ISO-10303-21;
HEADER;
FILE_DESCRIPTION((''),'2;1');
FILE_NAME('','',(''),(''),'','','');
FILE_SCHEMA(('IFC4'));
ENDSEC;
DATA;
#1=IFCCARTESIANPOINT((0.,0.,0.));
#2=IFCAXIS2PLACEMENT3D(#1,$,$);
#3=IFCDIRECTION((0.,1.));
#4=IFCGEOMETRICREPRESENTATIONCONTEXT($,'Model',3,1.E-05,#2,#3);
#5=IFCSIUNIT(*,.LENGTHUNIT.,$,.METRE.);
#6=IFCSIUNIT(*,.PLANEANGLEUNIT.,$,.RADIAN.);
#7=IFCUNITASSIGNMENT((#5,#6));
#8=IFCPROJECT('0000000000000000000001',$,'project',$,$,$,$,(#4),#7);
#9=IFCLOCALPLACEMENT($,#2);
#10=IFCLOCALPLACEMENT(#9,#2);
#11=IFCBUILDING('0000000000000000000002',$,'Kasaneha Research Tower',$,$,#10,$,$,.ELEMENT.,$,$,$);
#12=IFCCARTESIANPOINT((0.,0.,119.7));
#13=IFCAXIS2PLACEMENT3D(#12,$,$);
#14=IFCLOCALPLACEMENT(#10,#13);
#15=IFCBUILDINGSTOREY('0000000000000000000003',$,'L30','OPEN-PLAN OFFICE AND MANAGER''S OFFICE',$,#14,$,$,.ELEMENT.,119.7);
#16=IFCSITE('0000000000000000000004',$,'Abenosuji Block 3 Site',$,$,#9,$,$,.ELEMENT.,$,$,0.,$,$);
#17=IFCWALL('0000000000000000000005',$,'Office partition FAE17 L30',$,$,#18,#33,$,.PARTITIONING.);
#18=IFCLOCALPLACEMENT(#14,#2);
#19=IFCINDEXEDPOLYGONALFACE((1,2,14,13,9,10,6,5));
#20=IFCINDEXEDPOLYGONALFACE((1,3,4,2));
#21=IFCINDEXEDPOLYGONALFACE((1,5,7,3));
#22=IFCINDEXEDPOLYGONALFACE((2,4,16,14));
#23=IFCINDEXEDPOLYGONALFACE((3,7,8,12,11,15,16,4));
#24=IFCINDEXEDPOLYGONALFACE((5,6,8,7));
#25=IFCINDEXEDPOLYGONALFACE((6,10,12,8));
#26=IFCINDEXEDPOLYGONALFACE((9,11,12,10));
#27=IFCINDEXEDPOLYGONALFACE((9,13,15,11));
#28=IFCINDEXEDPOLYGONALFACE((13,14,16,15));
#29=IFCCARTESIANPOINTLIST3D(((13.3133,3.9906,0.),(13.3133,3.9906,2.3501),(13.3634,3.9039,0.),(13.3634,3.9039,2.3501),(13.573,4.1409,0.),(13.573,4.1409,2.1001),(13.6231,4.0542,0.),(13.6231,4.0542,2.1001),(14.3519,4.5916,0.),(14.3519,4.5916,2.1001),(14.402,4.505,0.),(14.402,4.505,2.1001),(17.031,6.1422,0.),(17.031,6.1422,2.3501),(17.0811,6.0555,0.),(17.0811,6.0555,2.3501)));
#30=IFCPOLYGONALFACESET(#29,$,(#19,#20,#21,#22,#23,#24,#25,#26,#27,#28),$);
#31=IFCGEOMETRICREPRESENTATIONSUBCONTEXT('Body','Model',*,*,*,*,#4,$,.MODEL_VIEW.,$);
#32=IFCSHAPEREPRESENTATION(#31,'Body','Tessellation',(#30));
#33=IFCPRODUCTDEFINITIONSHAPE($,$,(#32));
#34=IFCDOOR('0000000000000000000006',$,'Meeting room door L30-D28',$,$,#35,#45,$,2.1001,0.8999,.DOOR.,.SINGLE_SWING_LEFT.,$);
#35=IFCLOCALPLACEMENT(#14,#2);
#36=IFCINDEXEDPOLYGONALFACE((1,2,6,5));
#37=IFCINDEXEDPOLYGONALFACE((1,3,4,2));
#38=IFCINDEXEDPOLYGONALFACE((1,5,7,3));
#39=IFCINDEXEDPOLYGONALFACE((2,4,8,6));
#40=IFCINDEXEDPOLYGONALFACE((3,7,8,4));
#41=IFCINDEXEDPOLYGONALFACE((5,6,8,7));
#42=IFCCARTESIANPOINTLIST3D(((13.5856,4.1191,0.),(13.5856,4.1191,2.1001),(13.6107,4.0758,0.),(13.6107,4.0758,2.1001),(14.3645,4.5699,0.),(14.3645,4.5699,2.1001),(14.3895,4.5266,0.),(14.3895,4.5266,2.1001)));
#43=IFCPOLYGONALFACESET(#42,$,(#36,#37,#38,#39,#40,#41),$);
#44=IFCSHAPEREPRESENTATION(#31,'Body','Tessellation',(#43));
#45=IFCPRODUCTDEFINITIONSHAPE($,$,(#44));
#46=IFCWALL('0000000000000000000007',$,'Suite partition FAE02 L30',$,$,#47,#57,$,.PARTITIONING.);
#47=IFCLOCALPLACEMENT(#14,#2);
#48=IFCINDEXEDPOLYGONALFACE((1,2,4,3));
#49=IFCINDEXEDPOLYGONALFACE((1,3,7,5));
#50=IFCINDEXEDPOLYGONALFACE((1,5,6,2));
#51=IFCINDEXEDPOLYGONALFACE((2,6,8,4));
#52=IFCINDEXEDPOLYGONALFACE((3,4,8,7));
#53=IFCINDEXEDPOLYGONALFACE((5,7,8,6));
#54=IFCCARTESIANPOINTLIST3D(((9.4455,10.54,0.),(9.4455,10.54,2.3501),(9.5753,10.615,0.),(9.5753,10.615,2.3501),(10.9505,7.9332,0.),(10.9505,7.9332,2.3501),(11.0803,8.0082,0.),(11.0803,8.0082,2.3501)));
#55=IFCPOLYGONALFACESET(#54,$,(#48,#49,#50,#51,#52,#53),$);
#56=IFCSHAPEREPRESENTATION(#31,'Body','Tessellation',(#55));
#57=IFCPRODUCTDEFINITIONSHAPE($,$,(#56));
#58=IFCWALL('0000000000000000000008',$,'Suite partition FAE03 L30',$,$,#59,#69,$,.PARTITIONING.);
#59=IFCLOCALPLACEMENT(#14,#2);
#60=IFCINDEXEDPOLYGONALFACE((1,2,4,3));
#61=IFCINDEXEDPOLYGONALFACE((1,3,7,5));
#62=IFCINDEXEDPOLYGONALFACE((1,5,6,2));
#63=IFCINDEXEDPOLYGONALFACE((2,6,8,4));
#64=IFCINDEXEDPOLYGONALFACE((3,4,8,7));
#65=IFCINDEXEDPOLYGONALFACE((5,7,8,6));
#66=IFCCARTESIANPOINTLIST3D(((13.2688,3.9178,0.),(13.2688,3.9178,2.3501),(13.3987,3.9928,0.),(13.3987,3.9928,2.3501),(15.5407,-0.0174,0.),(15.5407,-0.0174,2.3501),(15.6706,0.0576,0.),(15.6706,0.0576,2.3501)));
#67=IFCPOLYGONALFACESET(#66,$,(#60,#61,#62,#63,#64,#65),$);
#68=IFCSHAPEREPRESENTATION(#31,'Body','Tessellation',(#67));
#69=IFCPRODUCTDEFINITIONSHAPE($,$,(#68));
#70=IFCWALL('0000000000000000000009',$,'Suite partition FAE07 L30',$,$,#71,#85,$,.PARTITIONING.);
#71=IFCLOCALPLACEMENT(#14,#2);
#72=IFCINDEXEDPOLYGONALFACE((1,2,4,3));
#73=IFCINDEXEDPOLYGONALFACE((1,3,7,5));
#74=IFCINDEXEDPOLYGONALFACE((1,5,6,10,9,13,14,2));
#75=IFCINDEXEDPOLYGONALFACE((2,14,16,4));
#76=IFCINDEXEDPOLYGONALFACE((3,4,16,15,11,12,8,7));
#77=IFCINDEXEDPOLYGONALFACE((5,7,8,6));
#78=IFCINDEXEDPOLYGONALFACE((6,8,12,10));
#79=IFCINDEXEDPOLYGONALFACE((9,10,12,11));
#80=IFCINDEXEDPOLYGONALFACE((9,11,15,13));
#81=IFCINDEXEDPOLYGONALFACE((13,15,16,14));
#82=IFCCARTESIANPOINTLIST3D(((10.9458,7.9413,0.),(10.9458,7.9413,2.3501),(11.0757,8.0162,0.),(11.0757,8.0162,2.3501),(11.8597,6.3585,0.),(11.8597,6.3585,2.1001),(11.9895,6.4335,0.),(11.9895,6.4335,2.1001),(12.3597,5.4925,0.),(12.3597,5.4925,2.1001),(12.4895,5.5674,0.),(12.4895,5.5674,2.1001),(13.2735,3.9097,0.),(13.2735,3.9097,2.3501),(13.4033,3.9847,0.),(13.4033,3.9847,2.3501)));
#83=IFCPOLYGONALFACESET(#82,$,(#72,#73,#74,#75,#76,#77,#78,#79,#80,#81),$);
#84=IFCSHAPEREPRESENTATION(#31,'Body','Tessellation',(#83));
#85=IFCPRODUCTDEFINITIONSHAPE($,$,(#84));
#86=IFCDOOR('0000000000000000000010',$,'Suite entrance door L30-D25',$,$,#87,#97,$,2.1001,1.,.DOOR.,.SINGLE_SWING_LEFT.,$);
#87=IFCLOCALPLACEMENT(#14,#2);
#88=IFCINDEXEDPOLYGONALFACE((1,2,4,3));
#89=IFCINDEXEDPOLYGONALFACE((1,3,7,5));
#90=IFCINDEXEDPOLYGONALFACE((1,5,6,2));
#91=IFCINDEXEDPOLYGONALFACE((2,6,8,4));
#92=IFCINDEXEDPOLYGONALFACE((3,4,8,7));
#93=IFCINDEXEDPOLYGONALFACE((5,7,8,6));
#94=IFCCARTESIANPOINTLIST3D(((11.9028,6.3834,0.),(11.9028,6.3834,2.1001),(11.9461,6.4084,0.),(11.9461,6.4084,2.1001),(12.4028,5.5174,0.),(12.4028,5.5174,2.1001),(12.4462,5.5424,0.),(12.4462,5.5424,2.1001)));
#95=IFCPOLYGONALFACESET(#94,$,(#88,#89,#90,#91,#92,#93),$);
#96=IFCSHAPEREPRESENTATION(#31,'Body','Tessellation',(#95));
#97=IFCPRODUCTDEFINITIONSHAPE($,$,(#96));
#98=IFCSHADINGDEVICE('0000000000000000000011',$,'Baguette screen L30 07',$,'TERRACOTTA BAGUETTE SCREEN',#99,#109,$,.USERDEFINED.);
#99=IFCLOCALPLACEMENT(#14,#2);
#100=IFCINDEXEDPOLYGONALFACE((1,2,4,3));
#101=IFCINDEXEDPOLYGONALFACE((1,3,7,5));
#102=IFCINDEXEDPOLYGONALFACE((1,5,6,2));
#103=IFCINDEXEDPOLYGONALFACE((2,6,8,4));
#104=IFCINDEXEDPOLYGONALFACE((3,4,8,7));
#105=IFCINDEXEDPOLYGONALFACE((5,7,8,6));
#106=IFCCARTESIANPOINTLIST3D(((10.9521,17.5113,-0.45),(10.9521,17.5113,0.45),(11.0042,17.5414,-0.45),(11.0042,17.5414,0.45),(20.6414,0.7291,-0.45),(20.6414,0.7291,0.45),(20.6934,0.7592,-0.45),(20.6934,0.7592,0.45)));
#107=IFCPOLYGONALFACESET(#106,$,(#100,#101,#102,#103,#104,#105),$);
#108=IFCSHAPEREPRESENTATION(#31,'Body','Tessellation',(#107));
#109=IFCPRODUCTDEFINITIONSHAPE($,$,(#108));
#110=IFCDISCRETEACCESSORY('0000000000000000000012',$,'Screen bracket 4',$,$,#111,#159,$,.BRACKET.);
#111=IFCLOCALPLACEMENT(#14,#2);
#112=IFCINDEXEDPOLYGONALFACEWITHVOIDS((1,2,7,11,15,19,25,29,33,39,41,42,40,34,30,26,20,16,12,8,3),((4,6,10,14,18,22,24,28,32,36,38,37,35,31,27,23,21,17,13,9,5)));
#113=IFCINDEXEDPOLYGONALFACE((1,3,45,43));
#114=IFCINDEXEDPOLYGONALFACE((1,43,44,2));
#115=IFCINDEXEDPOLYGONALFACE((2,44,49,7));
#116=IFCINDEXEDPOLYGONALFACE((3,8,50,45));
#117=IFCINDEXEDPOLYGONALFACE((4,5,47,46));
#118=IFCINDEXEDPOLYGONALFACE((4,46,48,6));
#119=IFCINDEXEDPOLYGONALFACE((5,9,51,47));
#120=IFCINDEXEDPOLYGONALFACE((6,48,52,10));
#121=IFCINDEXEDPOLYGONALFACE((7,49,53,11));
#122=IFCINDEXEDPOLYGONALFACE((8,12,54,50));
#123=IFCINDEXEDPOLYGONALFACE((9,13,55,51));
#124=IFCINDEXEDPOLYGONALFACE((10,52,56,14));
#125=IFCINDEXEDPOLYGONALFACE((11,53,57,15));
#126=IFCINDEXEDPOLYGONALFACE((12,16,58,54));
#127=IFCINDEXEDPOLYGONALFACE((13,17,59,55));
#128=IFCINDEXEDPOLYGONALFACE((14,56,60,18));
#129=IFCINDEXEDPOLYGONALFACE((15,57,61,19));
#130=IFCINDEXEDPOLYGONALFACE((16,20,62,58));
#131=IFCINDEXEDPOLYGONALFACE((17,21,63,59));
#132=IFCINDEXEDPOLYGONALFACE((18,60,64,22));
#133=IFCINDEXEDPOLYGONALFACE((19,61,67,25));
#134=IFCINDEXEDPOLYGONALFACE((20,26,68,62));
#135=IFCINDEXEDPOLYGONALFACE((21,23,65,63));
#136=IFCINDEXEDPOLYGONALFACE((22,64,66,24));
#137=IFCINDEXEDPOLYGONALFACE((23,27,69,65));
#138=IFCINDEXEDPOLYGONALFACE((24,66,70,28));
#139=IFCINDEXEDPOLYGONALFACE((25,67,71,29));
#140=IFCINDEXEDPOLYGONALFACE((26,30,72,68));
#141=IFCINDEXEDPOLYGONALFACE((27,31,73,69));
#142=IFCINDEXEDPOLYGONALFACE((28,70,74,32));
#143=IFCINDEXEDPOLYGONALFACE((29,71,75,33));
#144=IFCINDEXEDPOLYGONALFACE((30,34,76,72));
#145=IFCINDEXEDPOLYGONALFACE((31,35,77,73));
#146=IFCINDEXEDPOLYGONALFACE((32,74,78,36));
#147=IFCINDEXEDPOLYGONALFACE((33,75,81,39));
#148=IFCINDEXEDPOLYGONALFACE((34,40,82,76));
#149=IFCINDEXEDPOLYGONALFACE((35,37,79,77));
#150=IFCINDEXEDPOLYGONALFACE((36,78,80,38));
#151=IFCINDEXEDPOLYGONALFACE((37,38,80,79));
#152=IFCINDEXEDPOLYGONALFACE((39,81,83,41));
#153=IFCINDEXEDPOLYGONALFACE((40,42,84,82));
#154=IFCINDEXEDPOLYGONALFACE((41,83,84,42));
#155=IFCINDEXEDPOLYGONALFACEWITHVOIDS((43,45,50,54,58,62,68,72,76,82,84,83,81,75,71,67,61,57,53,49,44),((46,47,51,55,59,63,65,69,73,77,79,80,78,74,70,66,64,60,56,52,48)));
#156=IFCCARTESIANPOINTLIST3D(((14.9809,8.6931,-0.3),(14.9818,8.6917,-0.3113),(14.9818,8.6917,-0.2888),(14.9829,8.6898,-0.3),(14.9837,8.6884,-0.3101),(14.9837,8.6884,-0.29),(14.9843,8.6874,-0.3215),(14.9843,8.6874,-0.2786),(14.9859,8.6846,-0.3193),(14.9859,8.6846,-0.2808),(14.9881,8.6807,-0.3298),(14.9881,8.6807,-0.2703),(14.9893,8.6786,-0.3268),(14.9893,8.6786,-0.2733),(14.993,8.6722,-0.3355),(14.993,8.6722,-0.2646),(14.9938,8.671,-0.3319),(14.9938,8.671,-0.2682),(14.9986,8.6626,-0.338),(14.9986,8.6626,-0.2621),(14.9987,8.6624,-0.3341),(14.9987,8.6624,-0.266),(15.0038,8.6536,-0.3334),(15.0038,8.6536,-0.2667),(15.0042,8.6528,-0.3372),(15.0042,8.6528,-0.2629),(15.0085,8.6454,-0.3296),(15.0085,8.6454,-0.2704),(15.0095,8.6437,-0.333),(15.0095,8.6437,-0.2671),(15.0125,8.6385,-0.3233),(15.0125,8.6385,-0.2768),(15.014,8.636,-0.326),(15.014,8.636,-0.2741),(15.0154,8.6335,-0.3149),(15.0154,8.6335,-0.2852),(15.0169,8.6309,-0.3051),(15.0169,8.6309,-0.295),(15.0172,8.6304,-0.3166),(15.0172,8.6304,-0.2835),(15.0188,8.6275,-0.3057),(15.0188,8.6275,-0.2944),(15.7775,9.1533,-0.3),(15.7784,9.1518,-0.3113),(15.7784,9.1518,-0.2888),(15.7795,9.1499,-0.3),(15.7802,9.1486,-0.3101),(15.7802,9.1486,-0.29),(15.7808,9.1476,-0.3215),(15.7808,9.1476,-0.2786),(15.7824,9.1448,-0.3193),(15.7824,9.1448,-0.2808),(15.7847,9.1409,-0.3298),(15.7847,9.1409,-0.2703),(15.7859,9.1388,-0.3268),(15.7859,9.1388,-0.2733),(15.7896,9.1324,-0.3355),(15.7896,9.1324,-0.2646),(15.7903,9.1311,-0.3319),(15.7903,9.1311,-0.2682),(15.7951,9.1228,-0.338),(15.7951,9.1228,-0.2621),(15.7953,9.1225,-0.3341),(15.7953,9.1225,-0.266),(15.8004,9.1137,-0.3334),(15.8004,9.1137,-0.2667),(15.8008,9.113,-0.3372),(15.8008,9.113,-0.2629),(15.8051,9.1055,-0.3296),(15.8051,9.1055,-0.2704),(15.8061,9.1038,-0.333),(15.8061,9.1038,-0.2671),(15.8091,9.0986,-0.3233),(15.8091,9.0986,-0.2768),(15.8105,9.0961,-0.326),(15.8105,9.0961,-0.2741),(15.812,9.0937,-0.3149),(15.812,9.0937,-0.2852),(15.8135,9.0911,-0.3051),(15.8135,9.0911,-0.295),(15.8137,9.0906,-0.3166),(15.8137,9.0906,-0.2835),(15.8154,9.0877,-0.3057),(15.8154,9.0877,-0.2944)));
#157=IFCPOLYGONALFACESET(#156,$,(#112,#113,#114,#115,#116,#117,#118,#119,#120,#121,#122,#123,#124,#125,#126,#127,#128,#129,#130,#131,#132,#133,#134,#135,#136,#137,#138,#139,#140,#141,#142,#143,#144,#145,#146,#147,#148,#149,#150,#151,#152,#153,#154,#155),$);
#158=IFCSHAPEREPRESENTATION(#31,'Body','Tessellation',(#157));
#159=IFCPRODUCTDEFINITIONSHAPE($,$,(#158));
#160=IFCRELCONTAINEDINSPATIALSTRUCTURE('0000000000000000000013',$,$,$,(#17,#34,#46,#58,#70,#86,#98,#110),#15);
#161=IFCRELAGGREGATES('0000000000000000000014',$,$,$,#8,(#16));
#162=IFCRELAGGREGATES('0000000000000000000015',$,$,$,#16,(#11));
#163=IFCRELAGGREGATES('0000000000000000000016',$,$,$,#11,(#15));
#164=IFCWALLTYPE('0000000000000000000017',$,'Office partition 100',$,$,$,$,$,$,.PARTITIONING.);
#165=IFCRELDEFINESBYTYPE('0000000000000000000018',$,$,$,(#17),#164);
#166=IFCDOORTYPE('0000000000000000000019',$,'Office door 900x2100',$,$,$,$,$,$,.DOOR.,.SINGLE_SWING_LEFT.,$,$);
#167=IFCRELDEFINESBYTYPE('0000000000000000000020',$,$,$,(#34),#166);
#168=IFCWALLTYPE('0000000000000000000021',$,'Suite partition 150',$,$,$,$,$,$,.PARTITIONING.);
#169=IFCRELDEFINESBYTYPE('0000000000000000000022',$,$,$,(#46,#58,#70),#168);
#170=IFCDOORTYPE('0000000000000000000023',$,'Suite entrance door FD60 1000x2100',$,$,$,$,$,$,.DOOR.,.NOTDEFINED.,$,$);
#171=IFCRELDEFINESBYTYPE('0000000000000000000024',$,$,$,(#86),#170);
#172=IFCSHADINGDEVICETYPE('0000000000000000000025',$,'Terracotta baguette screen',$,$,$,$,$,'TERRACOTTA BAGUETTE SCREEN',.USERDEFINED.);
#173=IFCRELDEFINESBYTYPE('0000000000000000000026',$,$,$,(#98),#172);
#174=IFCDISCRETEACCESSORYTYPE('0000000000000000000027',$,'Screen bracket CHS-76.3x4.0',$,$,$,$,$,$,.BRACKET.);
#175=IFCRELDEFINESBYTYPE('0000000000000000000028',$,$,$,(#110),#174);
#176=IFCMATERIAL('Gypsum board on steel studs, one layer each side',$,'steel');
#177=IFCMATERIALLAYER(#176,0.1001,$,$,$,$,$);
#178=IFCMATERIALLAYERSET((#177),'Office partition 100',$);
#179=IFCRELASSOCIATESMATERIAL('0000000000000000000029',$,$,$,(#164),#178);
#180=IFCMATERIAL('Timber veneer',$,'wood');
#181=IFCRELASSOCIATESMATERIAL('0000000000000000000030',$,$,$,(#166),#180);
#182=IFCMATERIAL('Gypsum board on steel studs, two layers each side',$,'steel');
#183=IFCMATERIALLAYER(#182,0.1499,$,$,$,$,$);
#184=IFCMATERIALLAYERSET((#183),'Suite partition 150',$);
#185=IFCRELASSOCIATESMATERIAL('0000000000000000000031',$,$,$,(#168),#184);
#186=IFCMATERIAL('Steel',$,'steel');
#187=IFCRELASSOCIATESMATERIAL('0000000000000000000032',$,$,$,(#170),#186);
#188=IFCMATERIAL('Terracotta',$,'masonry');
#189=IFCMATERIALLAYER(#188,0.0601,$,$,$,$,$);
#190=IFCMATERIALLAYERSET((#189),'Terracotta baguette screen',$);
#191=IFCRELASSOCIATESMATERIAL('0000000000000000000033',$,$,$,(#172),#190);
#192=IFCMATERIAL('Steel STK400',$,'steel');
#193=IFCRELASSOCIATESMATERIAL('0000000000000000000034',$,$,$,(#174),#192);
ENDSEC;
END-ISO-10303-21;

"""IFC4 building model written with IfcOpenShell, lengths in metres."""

from ifc_helpers import new_model, si_unit, direction, frame, frame_2d, origin, origin_2d, place, context, subcontext, project, spatial, rectangle, hollow_circle, extrude, material, layer, layer_set, material_profile, profile_set, type_object, element, fill, save


model = new_model("IFC4")

# Units and contexts
model_context = context("Model", 3, precision=1e-05, world=origin(), true_north=direction((0.0, 1.0)))
body_context = subcontext(model_context, "Body", "Model", "MODEL_VIEW")
ifc_project = project(units=[si_unit("LENGTHUNIT", "METRE"), si_unit("PLANEANGLEUNIT", "RADIAN")], contexts=[model_context])

# Site, building, storey
site_placement = place(None, origin())
site = spatial("IfcSite", under=ifc_project, at=site_placement, Name="Abenosuji Block 3 Site", CompositionType="ELEMENT", RefElevation=0.0)
building_placement = place(site_placement, origin())
building = spatial("IfcBuilding", under=site, at=building_placement, Name="Kasaneha Research Tower", CompositionType="ELEMENT")
storey_placement = place(building_placement, frame((0.0, 0.0, 119.7)))
storey = spatial("IfcBuildingStorey", under=building, at=storey_placement, Name="L30", Description="OPEN-PLAN OFFICE AND MANAGER'S OFFICE", CompositionType="ELEMENT", Elevation=119.7)

# Shared definitions
ifc_material_1 = material(Name="Gypsum board on steel studs, one layer each side", Category="steel")
ifc_layer_1 = layer(ifc_material_1, 0.1001)
ifc_layer_set_1 = layer_set([ifc_layer_1], Name="Office partition 100")
wall_type_1 = type_object("IfcWallType", Name="Office partition 100", PredefinedType="PARTITIONING", material=ifc_layer_set_1)

# Wall, opening, door
wall_1_placement = place(storey_placement, frame((13.3384, 3.9473, 0.0), z_axis=(0.0, 0.0, 1.0), x_axis=(0.865505, 0.5009, 0.0)))
wall_1 = element("IfcWall", 1, at=wall_1_placement, inside=storey, type_object=wall_type_1, Name="Office partition FAE17 L30", PredefinedType="PARTITIONING", context=body_context, shape_type="SweptSolid", body=[
    extrude(rectangle(XDim=4.2954, YDim=0.1001, at=frame_2d((2.1477, 0.0))), origin(), (0.0, 0.0, 1.0), 2.3501),
])
opening_1_placement = place(wall_1_placement, frame((0.3, 0.0, 0.0)))
opening_1 = element("IfcOpeningElement", 2, at=opening_1_placement, cuts=wall_1, PredefinedType="OPENING", context=body_context, shape_type="SweptSolid", body=[
    extrude(rectangle(XDim=0.8999, YDim=2.1001, at=frame_2d((0.45, 1.05))), frame((0.0, 0.0601, 0.0), z_axis=(0.0, -1.0, 0.0), x_axis=(1.0, 0.0, 0.0)), (0.0, 0.0, 1.0), 0.1201),
])
ifc_material_2 = material(Name="Timber veneer", Category="wood")
door_type_1 = type_object("IfcDoorType", Name="Office door 900x2100", OperationType="SINGLE_SWING_LEFT", PredefinedType="DOOR", material=ifc_material_2)
door_1_placement = place(opening_1_placement, origin())
door_1 = element("IfcDoor", 3, at=door_1_placement, inside=storey, type_object=door_type_1, Name="Meeting room door L30-D28", OperationType="SINGLE_SWING_LEFT", OverallHeight=2.1001, OverallWidth=0.8999, PredefinedType="DOOR", context=body_context, shape_type="SweptSolid", body=[
    extrude(rectangle(XDim=0.8999, YDim=2.1001, at=frame_2d((0.45, 1.05))), frame((0.0, 0.0249, 0.0), z_axis=(0.0, -1.0, 0.0), x_axis=(1.0, 0.0, 0.0)), (0.0, 0.0, 1.0), 0.05),
])
fill(opening_1, door_1)

# Walls
ifc_material_3 = material(Name="Gypsum board on steel studs, two layers each side", Category="steel")
ifc_layer_2 = layer(ifc_material_3, 0.1499)
ifc_layer_set_2 = layer_set([ifc_layer_2], Name="Suite partition 150")
wall_type_2 = type_object("IfcWallType", Name="Suite partition 150", PredefinedType="PARTITIONING", material=ifc_layer_set_2)
wall_2_placement = place(storey_placement, frame((9.5105, 10.5774, 0.0), z_axis=(0.0, 0.0, 1.0), x_axis=(0.499978, -0.866038, 0.0)))
element("IfcWall", 4, at=wall_2_placement, inside=storey, type_object=wall_type_2, Name="Suite partition FAE02 L30", PredefinedType="PARTITIONING", context=body_context, shape_type="SweptSolid", body=[
    extrude(rectangle(XDim=3.01, YDim=0.1499, at=frame_2d((1.5049, 0.0))), origin(), (0.0, 0.0, 1.0), 2.3501),
])
wall_3_placement = place(storey_placement, frame((13.3337, 3.9553, 0.0), z_axis=(0.0, 0.0, 1.0), x_axis=(0.499988, -0.866033, 0.0)))
element("IfcWall", 5, at=wall_3_placement, inside=storey, type_object=wall_type_2, Name="Suite partition FAE03 L30", PredefinedType="PARTITIONING", context=body_context, shape_type="SweptSolid", body=[
    extrude(rectangle(XDim=4.5439, YDim=0.1499, at=frame_2d((2.272, 0.0))), origin(), (0.0, 0.0, 1.0), 2.3501),
])

# Wall, opening, door
wall_4_placement = place(storey_placement, frame((11.0107, 7.9788, 0.0), z_axis=(0.0, 0.0, 1.0), x_axis=(0.500008, -0.866021, 0.0)))
wall_4 = element("IfcWall", 6, at=wall_4_placement, inside=storey, type_object=wall_type_2, Name="Suite partition FAE07 L30", PredefinedType="PARTITIONING", context=body_context, shape_type="SweptSolid", body=[
    extrude(rectangle(XDim=4.6553, YDim=0.1499, at=frame_2d((2.3276, 0.0))), origin(), (0.0, 0.0, 1.0), 2.3501),
])
opening_2_placement = place(wall_4_placement, frame((1.8276, 0.0, 0.0)))
opening_2 = element("IfcOpeningElement", 7, at=opening_2_placement, cuts=wall_4, PredefinedType="OPENING", context=body_context, shape_type="SweptSolid", body=[
    extrude(rectangle(XDim=1.0, YDim=2.1001, at=frame_2d((0.5, 1.05))), frame((0.0, 0.085, 0.0), z_axis=(0.0, -1.0, 0.0), x_axis=(1.0, 0.0, 0.0)), (0.0, 0.0, 1.0), 0.1699),
])
ifc_material_4 = material(Name="Steel", Category="steel")
door_type_2 = type_object("IfcDoorType", Name="Suite entrance door FD60 1000x2100", OperationType="NOTDEFINED", PredefinedType="DOOR", material=ifc_material_4)
door_2_placement = place(opening_2_placement, origin())
door_2 = element("IfcDoor", 8, at=door_2_placement, inside=storey, type_object=door_type_2, Name="Suite entrance door L30-D25", OperationType="SINGLE_SWING_LEFT", OverallHeight=2.1001, OverallWidth=1.0, PredefinedType="DOOR", context=body_context, shape_type="SweptSolid", body=[
    extrude(rectangle(XDim=1.0, YDim=2.1001, at=frame_2d((0.5, 1.05))), frame((0.0, 0.0249, 0.0), z_axis=(0.0, -1.0, 0.0), x_axis=(1.0, 0.0, 0.0)), (0.0, 0.0, 1.0), 0.05),
])
fill(opening_2, door_2)

# Shading device
ifc_material_5 = material(Name="Terracotta", Category="masonry")
ifc_layer_3 = layer(ifc_material_5, 0.0601)
ifc_layer_set_3 = layer_set([ifc_layer_3], Name="Terracotta baguette screen")
shading_device_type = type_object("IfcShadingDeviceType", Name="Terracotta baguette screen", ElementType="TERRACOTTA BAGUETTE SCREEN", PredefinedType="USERDEFINED", material=ifc_layer_set_3)
shading_device_placement = place(storey_placement, frame((15.8228, 9.1353, -0.45), z_axis=(0.0, 0.0, 1.0), x_axis=(-0.5, 0.866025, 0.0)))
element("IfcShadingDevice", 9, at=shading_device_placement, inside=storey, type_object=shading_device_type, Name="Baguette screen L30 07", ObjectType="TERRACOTTA BAGUETTE SCREEN", PredefinedType="USERDEFINED", context=body_context, shape_type="SweptSolid", body=[
    extrude(rectangle(XDim=19.3784, YDim=0.0601, at=origin_2d()), origin(), (0.0, 0.0, 1.0), 0.8999),
])

# Discrete accessory
ifc_material_6 = material(Name="Steel STK400", Category="steel")
ifc_material_profile_1 = material_profile(ifc_material_6, hollow_circle(Radius=0.0381, WallThickness=0.0039, at=origin_2d()), Name="CHS-76.3x4.0")
ifc_profile_set_1 = profile_set([ifc_material_profile_1], Name="Steel STK400")
discrete_accessory_type = type_object("IfcDiscreteAccessoryType", Name="Screen bracket CHS-76.3x4.0", PredefinedType="BRACKET", material=ifc_profile_set_1)
discrete_accessory_placement = place(storey_placement, frame((15.0, 8.6602, -0.3), z_axis=(0.865898, 0.50022, 0.0), x_axis=(-0.50022, 0.865898, 0.0)))
element("IfcDiscreteAccessory", 10, at=discrete_accessory_placement, inside=storey, type_object=discrete_accessory_type, Name="Screen bracket 4", PredefinedType="BRACKET", context=body_context, shape_type="SweptSolid", body=[
    extrude(hollow_circle(Radius=0.0381, WallThickness=0.0039, at=origin_2d()), origin(), (0.0, 0.0, 1.0), 0.9199),
])

save(model, "model.ifc")
